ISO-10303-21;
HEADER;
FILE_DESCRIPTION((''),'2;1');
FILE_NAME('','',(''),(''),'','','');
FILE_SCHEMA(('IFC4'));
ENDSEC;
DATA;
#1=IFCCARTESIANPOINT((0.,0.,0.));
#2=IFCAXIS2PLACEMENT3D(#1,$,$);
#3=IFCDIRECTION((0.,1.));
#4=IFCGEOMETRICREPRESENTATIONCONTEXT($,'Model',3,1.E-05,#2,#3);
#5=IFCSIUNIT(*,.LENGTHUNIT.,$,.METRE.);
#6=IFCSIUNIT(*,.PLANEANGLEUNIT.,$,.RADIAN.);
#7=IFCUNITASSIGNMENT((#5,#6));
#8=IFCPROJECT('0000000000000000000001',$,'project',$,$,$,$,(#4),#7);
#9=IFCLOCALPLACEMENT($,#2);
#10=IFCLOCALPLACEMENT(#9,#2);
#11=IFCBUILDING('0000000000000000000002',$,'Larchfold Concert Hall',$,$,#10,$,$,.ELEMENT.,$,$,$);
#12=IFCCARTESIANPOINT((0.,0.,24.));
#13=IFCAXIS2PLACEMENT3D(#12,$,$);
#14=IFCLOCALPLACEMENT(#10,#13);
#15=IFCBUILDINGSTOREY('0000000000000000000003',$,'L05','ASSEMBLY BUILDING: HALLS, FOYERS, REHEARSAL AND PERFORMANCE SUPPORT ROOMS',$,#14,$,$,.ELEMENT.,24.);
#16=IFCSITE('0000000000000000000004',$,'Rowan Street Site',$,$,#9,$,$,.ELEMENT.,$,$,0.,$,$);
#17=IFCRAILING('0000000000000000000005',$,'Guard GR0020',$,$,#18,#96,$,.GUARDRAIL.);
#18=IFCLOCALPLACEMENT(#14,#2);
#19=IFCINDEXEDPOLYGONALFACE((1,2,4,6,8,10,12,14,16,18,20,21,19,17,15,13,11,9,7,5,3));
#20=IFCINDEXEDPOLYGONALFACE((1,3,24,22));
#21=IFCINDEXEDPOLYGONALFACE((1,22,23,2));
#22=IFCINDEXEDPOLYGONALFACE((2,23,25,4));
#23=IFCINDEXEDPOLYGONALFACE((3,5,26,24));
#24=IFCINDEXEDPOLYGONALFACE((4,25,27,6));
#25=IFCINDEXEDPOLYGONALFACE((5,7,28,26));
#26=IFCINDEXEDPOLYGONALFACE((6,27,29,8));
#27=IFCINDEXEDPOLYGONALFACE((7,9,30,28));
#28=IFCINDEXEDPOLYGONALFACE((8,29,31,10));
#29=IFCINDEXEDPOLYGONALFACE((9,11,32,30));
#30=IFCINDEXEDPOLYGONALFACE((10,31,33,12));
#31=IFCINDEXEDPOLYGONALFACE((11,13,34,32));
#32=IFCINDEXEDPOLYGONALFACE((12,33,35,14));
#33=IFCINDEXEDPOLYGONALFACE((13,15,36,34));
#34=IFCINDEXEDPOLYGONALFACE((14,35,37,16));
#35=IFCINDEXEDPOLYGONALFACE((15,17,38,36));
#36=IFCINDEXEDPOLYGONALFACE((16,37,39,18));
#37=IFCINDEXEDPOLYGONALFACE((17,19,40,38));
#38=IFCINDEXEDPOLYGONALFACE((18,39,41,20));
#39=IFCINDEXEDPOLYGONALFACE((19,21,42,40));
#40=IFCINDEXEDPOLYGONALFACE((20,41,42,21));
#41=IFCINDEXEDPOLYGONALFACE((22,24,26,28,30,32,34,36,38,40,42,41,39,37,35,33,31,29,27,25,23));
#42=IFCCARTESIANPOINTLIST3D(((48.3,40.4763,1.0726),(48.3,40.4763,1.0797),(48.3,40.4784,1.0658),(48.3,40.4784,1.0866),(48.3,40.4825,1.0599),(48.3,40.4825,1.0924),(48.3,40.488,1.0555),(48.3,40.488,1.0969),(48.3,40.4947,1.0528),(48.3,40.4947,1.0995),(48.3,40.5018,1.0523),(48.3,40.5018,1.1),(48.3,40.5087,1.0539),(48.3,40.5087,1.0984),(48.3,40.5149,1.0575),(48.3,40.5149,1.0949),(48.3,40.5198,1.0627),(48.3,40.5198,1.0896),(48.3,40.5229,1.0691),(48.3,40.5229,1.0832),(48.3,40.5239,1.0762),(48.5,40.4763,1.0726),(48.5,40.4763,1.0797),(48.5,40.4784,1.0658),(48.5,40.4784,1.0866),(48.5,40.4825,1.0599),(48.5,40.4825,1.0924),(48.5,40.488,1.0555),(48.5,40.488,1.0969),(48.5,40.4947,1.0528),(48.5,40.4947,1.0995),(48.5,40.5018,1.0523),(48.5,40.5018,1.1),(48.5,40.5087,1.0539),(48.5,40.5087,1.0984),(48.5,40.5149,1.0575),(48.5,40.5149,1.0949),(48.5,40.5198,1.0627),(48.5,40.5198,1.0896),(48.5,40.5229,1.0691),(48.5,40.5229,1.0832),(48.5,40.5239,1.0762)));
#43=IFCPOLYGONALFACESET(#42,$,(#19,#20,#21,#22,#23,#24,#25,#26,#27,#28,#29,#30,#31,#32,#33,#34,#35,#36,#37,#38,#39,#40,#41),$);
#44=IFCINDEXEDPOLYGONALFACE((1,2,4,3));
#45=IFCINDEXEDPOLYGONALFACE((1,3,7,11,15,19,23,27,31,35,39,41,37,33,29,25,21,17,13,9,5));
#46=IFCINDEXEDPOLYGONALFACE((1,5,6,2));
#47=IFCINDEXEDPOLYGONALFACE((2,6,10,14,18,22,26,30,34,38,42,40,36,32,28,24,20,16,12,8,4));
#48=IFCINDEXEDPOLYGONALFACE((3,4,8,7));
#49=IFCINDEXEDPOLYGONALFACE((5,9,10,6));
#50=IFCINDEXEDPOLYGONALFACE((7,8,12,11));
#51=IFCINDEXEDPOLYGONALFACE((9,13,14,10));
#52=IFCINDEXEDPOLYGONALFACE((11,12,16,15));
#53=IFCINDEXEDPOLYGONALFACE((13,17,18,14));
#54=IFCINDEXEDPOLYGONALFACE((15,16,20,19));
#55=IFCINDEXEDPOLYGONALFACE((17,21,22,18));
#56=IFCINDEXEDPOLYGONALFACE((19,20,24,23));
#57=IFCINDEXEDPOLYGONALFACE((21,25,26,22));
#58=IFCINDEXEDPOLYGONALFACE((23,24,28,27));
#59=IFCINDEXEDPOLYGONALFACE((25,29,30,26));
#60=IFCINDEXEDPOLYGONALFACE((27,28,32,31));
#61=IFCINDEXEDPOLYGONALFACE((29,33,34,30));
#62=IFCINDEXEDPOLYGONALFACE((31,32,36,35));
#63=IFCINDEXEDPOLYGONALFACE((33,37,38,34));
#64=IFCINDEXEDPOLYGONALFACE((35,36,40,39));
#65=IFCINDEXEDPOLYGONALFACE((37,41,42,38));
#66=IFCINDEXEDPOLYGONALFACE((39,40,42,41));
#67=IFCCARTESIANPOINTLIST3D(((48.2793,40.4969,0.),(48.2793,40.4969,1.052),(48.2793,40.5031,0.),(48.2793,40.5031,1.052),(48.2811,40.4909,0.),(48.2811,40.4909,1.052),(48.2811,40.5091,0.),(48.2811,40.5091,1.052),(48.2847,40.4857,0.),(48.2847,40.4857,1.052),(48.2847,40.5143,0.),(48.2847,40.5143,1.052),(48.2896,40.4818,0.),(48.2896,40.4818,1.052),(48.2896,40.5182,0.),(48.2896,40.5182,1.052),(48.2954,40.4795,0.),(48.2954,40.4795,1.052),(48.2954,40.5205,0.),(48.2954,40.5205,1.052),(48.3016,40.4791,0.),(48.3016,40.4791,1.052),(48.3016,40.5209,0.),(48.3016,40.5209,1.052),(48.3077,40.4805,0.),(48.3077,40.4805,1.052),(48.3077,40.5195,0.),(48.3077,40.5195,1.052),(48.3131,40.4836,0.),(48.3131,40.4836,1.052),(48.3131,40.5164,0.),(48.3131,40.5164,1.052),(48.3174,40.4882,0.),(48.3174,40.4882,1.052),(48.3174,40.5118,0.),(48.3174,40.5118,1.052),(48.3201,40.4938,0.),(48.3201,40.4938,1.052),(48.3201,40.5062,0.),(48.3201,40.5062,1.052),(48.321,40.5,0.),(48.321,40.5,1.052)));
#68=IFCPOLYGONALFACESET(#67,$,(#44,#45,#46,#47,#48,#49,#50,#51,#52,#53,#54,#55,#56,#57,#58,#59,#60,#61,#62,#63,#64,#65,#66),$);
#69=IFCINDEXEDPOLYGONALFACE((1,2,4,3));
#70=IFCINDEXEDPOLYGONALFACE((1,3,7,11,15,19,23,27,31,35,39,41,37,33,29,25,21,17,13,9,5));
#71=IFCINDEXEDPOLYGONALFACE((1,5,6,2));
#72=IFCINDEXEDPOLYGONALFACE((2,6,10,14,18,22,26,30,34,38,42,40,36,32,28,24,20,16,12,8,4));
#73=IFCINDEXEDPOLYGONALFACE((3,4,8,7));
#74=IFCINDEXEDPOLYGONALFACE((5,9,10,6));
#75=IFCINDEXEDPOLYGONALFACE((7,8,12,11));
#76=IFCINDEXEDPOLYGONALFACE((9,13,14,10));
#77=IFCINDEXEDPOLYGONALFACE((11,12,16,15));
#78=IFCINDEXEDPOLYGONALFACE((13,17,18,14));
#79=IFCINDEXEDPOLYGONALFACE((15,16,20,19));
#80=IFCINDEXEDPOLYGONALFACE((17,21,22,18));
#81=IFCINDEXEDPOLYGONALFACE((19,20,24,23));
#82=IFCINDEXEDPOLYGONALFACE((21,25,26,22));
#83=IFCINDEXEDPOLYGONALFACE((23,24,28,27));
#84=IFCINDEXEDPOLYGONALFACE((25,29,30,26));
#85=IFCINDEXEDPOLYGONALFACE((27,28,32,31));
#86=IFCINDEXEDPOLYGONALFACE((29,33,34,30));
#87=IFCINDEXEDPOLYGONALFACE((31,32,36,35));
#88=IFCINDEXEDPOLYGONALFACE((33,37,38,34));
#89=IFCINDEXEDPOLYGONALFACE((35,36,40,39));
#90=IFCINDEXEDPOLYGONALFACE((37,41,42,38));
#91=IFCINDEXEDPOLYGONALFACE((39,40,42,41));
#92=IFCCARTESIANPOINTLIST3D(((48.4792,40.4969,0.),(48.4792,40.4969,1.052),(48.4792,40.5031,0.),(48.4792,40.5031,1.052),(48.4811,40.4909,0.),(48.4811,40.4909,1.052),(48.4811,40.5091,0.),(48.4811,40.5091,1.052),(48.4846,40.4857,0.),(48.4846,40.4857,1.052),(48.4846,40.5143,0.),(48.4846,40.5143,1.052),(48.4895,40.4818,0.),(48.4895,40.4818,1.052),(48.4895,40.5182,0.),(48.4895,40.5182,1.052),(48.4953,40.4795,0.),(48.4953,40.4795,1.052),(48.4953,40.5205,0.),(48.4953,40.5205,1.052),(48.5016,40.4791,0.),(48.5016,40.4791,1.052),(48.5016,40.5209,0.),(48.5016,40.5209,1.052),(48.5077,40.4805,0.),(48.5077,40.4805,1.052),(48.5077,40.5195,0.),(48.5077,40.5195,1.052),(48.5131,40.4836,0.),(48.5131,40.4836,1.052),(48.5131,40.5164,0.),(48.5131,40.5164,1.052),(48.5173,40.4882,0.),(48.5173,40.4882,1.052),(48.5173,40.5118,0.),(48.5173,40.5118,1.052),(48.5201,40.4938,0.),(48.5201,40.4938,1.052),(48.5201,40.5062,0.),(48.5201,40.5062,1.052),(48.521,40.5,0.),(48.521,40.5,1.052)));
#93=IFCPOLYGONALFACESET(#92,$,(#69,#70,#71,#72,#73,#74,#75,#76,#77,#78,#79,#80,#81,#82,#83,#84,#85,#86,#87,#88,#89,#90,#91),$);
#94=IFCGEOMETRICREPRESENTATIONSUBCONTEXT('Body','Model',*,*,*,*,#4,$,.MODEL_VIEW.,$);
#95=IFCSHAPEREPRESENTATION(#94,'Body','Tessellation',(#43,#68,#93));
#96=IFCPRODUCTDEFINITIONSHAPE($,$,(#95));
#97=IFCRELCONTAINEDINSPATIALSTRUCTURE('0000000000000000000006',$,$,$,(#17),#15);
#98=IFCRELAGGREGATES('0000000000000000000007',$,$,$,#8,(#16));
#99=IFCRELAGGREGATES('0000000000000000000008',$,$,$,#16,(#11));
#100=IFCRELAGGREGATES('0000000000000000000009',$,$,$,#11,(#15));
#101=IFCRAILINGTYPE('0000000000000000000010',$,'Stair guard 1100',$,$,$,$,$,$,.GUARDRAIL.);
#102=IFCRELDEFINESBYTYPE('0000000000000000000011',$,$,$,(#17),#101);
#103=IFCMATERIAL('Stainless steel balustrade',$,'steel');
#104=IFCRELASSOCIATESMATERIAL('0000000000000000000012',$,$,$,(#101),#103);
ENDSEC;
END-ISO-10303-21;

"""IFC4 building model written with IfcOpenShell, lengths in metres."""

from ifc_helpers import new_model, si_unit, direction, frame, origin, origin_2d, place, context, subcontext, project, spatial, circle, extrude, material, type_object, element, save


model = new_model("IFC4")

# Units and contexts
model_context = context("Model", 3, precision=1e-05, world=origin(), true_north=direction((0.0, 1.0)))
body_context = subcontext(model_context, "Body", "Model", "MODEL_VIEW")
ifc_project = project(units=[si_unit("LENGTHUNIT", "METRE"), si_unit("PLANEANGLEUNIT", "RADIAN")], contexts=[model_context])

# Site, building, storey
site_placement = place(None, origin())
site = spatial("IfcSite", under=ifc_project, at=site_placement, Name="Rowan Street Site", CompositionType="ELEMENT", RefElevation=0.0)
building_placement = place(site_placement, origin())
building = spatial("IfcBuilding", under=site, at=building_placement, Name="Larchfold Concert Hall", CompositionType="ELEMENT")
storey_placement = place(building_placement, frame((0.0, 0.0, 24.0)))
storey = spatial("IfcBuildingStorey", under=building, at=storey_placement, Name="L05", Description="ASSEMBLY BUILDING: HALLS, FOYERS, REHEARSAL AND PERFORMANCE SUPPORT ROOMS", CompositionType="ELEMENT", Elevation=24.0)

# Railing
ifc_material_1 = material(Name="Stainless steel balustrade", Category="steel")
railing_type_1 = type_object("IfcRailingType", Name="Stair guard 1100", PredefinedType="GUARDRAIL", material=ifc_material_1)
railing_1_placement = place(storey_placement, frame((48.3, 40.5, 0.0)))
element("IfcRailing", 1, at=railing_1_placement, inside=storey, type_object=railing_type_1, Name="Guard GR0020", PredefinedType="GUARDRAIL", context=body_context, shape_type="SweptSolid", body=[
    extrude(circle(Radius=0.0239, at=origin_2d()), frame((0.0, 0.0, 1.0762), z_axis=(1.0, 0.0, 0.0), x_axis=(0.0, 1.0, 0.0)), (0.0, 0.0, 1.0), 0.2),
    extrude(circle(Radius=0.021, at=origin_2d()), origin(), (0.0, 0.0, 1.0), 1.052),
    extrude(circle(Radius=0.021, at=origin_2d()), frame((0.2, 0.0, 0.0)), (0.0, 0.0, 1.0), 1.052),
])

save(model, "model.ifc")
